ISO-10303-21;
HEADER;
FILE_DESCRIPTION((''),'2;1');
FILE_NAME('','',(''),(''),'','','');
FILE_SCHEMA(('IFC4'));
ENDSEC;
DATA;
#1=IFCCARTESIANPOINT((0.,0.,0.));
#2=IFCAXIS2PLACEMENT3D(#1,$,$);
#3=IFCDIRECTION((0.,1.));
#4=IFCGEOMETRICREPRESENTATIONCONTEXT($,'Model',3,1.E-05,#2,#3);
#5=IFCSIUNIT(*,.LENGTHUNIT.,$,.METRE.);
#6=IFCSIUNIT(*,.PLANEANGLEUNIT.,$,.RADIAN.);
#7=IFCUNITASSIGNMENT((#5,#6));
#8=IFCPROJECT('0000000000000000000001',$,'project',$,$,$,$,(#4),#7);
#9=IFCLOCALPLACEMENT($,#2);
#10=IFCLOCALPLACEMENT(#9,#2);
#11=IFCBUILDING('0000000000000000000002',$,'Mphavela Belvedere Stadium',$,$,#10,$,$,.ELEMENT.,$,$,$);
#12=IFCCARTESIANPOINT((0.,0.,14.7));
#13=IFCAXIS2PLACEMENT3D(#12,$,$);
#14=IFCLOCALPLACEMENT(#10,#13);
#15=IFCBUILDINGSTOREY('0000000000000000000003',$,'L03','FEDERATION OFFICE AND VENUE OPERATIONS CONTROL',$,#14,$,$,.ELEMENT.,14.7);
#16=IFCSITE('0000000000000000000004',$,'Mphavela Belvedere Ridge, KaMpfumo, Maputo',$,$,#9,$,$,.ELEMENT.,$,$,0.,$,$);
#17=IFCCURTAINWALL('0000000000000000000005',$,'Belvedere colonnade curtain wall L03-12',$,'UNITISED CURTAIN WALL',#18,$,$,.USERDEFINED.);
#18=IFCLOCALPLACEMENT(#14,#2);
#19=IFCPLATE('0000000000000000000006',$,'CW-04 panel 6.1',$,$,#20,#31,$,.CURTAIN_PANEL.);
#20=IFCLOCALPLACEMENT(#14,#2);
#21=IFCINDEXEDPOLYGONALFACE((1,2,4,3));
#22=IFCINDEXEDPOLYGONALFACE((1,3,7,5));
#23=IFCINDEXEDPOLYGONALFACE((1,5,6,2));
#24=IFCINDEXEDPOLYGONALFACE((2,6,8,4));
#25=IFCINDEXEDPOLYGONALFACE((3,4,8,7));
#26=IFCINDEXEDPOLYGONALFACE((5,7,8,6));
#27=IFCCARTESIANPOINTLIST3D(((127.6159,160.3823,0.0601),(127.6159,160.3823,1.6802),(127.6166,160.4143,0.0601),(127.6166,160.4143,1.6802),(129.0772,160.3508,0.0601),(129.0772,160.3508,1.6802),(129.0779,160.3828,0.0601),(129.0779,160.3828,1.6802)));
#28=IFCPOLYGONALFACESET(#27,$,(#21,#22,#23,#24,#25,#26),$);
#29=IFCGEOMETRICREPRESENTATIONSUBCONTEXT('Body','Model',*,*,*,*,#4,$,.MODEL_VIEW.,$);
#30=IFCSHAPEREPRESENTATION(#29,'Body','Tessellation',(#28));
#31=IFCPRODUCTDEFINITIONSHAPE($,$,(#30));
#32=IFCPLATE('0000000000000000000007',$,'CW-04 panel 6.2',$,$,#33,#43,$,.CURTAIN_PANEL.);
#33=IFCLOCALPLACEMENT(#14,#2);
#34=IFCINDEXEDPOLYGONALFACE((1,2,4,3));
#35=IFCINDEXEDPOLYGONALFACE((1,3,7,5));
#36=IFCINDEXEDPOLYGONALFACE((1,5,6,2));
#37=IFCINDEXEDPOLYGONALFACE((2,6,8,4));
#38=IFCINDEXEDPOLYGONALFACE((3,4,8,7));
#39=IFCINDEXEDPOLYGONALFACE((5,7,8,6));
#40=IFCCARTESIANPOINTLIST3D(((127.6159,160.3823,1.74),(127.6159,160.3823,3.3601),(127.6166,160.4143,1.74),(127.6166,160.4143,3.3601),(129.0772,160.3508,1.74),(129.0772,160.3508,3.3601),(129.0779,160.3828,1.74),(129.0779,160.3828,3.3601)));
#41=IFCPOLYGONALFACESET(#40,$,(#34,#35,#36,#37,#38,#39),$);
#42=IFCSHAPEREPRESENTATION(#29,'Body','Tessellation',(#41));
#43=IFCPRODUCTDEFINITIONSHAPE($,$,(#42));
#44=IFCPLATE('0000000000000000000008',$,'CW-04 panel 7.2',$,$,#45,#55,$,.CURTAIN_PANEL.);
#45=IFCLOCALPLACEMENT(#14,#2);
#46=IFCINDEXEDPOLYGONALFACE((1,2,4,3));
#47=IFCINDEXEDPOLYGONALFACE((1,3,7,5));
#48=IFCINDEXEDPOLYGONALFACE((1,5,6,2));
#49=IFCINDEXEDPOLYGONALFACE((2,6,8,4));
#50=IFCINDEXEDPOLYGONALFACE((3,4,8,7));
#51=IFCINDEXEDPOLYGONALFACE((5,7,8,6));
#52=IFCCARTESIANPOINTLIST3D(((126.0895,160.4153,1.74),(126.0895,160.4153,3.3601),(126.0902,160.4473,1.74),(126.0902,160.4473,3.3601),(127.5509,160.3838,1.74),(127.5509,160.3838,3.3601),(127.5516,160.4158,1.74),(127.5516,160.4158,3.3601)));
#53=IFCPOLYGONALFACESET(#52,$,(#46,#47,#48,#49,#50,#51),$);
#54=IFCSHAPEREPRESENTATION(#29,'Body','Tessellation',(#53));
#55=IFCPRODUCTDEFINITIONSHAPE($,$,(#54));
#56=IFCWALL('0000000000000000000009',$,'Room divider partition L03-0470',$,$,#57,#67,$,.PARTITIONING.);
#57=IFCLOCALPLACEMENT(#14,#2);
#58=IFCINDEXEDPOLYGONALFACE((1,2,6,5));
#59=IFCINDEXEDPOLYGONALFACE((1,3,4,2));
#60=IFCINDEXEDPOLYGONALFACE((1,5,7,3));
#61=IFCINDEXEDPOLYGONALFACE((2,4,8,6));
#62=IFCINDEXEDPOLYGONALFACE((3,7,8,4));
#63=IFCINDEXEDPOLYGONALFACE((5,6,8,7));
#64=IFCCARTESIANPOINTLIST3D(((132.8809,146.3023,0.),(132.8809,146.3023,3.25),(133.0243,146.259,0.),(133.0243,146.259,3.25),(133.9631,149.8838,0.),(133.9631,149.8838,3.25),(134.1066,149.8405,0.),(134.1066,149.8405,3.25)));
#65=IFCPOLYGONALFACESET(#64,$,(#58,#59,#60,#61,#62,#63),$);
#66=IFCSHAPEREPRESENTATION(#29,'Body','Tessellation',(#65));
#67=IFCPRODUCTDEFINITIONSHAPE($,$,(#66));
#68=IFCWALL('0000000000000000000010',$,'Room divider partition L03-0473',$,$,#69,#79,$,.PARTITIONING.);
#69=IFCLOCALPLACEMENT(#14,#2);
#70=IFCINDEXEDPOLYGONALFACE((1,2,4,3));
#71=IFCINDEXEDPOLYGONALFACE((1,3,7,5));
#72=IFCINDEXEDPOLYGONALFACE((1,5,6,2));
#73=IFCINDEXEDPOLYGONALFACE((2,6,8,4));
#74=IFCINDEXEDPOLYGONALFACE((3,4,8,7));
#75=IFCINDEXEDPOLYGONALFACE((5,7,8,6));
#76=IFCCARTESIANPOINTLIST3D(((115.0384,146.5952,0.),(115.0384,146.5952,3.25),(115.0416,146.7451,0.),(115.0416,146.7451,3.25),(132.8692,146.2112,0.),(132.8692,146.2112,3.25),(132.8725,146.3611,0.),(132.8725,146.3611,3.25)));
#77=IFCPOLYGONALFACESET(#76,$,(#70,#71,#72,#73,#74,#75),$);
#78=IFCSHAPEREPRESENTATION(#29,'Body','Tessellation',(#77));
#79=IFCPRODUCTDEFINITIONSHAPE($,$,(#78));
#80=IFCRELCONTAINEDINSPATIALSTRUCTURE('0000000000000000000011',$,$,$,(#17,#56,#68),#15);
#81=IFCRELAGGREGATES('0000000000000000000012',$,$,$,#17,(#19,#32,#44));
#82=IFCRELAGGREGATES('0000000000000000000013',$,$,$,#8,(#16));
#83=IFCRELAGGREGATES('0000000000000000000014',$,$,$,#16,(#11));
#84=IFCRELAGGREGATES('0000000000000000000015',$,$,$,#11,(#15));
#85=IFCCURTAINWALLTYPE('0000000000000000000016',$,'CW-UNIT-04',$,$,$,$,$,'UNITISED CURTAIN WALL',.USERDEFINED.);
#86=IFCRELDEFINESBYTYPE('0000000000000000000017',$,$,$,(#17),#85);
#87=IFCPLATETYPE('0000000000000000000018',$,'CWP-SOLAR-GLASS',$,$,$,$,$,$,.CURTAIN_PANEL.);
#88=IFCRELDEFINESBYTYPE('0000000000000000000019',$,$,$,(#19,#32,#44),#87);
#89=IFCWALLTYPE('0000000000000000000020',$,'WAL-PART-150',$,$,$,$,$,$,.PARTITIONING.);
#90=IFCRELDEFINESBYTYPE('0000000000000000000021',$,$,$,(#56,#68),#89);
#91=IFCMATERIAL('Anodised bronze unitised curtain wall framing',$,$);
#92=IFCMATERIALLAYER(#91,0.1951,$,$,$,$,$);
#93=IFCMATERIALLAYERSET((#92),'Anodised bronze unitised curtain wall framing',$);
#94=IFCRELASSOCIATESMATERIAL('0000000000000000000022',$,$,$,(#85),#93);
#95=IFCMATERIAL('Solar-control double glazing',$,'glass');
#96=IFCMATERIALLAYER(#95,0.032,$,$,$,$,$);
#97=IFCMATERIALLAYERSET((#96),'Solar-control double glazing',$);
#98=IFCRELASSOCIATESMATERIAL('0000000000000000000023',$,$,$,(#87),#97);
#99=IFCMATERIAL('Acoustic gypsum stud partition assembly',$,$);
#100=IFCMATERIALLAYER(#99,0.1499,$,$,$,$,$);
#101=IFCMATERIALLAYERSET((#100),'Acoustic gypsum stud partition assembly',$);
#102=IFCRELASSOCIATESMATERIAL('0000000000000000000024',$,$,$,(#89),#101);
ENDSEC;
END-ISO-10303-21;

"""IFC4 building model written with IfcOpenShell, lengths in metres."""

from ifc_helpers import new_model, si_unit, direction, frame, frame_2d, origin, origin_2d, place, context, subcontext, project, spatial, rectangle, extrude, material, layer, layer_set, type_object, element, aggregate, save


model = new_model("IFC4")

# Units and contexts
model_context = context("Model", 3, precision=1e-05, world=origin(), true_north=direction((0.0, 1.0)))
body_context = subcontext(model_context, "Body", "Model", "MODEL_VIEW")
ifc_project = project(units=[si_unit("LENGTHUNIT", "METRE"), si_unit("PLANEANGLEUNIT", "RADIAN")], contexts=[model_context])

# Site, building, storey
site_placement = place(None, origin())
site = spatial("IfcSite", under=ifc_project, at=site_placement, Name="Mphavela Belvedere Ridge, KaMpfumo, Maputo", CompositionType="ELEMENT", RefElevation=0.0)
building_placement = place(site_placement, origin())
building = spatial("IfcBuilding", under=site, at=building_placement, Name="Mphavela Belvedere Stadium", CompositionType="ELEMENT")
storey_placement = place(building_placement, frame((0.0, 0.0, 14.7)))
storey = spatial("IfcBuildingStorey", under=building, at=storey_placement, Name="L03", Description="FEDERATION OFFICE AND VENUE OPERATIONS CONTROL", CompositionType="ELEMENT", Elevation=14.7)

# Curtain wall, plates
ifc_material_1 = material(Name="Anodised bronze unitised curtain wall framing")
ifc_layer_1 = layer(ifc_material_1, 0.1951)
ifc_layer_set_1 = layer_set([ifc_layer_1], Name="Anodised bronze unitised curtain wall framing")
curtain_wall_type = type_object("IfcCurtainWallType", Name="CW-UNIT-04", ElementType="UNITISED CURTAIN WALL", PredefinedType="USERDEFINED", material=ifc_layer_set_1)
curtain_wall_placement = place(storey_placement, origin())
curtain_wall = element("IfcCurtainWall", 1, at=curtain_wall_placement, inside=storey, type_object=curtain_wall_type, Name="Belvedere colonnade curtain wall L03-12", ObjectType="UNITISED CURTAIN WALL", PredefinedType="USERDEFINED")
ifc_material_2 = material(Name="Solar-control double glazing", Category="glass")
ifc_layer_2 = layer(ifc_material_2, 0.032)
ifc_layer_set_2 = layer_set([ifc_layer_2], Name="Solar-control double glazing")
plate_type = type_object("IfcPlateType", Name="CWP-SOLAR-GLASS", PredefinedType="CURTAIN_PANEL", material=ifc_layer_set_2)
plate_1_placement = place(storey_placement, frame((128.3469, 160.3826, 0.0601), z_axis=(0.0, 0.0, 1.0), x_axis=(-0.999768, 0.021531, 0.0)))
plate_1 = element("IfcPlate", 2, at=plate_1_placement, type_object=plate_type, Name="CW-04 panel 6.1", PredefinedType="CURTAIN_PANEL", context=body_context, shape_type="SweptSolid", body=[
    extrude(rectangle(XDim=1.4617, YDim=0.032, at=origin_2d()), origin(), (0.0, 0.0, 1.0), 1.6201),
])
plate_2_placement = place(storey_placement, frame((128.3469, 160.3826, 1.74), z_axis=(0.0, 0.0, 1.0), x_axis=(-0.999768, 0.021531, 0.0)))
plate_2 = element("IfcPlate", 3, at=plate_2_placement, type_object=plate_type, Name="CW-04 panel 6.2", PredefinedType="CURTAIN_PANEL", context=body_context, shape_type="SweptSolid", body=[
    extrude(rectangle(XDim=1.4617, YDim=0.032, at=origin_2d()), origin(), (0.0, 0.0, 1.0), 1.6201),
])
plate_3_placement = place(storey_placement, frame((126.8206, 160.4155, 1.74), z_axis=(0.0, 0.0, 1.0), x_axis=(-0.999768, 0.021531, 0.0)))
plate_3 = element("IfcPlate", 4, at=plate_3_placement, type_object=plate_type, Name="CW-04 panel 7.2", PredefinedType="CURTAIN_PANEL", context=body_context, shape_type="SweptSolid", body=[
    extrude(rectangle(XDim=1.4617, YDim=0.032, at=origin_2d()), origin(), (0.0, 0.0, 1.0), 1.6201),
])
aggregate(curtain_wall, [plate_1, plate_2, plate_3])

# Walls
ifc_material_3 = material(Name="Acoustic gypsum stud partition assembly")
ifc_layer_3 = layer(ifc_material_3, 0.1499)
ifc_layer_set_3 = layer_set([ifc_layer_3], Name="Acoustic gypsum stud partition assembly")
wall_type = type_object("IfcWallType", Name="WAL-PART-150", PredefinedType="PARTITIONING", material=ifc_layer_set_3)
wall_1_placement = place(storey_placement, frame((132.9526, 146.2808, 0.0), z_axis=(0.0, 0.0, 1.0), x_axis=(0.289263, 0.95725, 0.0)))
element("IfcWall", 5, at=wall_1_placement, inside=storey, type_object=wall_type, Name="Room divider partition L03-0470", PredefinedType="PARTITIONING", context=body_context, shape_type="SweptSolid", body=[
    extrude(rectangle(XDim=3.7415, YDim=0.1499, at=frame_2d((1.8706, 0.0))), origin(), (0.0, 0.0, 1.0), 3.25),
])
wall_2_placement = place(storey_placement, frame((132.8708, 146.2861, 0.0), z_axis=(0.0, 0.0, 1.0), x_axis=(-0.999768, 0.021533, 0.0)))
element("IfcWall", 6, at=wall_2_placement, inside=storey, type_object=wall_type, Name="Room divider partition L03-0473", PredefinedType="PARTITIONING", context=body_context, shape_type="SweptSolid", body=[
    extrude(rectangle(XDim=17.835, YDim=0.1499, at=frame_2d((8.9175, 0.0))), origin(), (0.0, 0.0, 1.0), 3.25),
])

save(model, "model.ifc")
